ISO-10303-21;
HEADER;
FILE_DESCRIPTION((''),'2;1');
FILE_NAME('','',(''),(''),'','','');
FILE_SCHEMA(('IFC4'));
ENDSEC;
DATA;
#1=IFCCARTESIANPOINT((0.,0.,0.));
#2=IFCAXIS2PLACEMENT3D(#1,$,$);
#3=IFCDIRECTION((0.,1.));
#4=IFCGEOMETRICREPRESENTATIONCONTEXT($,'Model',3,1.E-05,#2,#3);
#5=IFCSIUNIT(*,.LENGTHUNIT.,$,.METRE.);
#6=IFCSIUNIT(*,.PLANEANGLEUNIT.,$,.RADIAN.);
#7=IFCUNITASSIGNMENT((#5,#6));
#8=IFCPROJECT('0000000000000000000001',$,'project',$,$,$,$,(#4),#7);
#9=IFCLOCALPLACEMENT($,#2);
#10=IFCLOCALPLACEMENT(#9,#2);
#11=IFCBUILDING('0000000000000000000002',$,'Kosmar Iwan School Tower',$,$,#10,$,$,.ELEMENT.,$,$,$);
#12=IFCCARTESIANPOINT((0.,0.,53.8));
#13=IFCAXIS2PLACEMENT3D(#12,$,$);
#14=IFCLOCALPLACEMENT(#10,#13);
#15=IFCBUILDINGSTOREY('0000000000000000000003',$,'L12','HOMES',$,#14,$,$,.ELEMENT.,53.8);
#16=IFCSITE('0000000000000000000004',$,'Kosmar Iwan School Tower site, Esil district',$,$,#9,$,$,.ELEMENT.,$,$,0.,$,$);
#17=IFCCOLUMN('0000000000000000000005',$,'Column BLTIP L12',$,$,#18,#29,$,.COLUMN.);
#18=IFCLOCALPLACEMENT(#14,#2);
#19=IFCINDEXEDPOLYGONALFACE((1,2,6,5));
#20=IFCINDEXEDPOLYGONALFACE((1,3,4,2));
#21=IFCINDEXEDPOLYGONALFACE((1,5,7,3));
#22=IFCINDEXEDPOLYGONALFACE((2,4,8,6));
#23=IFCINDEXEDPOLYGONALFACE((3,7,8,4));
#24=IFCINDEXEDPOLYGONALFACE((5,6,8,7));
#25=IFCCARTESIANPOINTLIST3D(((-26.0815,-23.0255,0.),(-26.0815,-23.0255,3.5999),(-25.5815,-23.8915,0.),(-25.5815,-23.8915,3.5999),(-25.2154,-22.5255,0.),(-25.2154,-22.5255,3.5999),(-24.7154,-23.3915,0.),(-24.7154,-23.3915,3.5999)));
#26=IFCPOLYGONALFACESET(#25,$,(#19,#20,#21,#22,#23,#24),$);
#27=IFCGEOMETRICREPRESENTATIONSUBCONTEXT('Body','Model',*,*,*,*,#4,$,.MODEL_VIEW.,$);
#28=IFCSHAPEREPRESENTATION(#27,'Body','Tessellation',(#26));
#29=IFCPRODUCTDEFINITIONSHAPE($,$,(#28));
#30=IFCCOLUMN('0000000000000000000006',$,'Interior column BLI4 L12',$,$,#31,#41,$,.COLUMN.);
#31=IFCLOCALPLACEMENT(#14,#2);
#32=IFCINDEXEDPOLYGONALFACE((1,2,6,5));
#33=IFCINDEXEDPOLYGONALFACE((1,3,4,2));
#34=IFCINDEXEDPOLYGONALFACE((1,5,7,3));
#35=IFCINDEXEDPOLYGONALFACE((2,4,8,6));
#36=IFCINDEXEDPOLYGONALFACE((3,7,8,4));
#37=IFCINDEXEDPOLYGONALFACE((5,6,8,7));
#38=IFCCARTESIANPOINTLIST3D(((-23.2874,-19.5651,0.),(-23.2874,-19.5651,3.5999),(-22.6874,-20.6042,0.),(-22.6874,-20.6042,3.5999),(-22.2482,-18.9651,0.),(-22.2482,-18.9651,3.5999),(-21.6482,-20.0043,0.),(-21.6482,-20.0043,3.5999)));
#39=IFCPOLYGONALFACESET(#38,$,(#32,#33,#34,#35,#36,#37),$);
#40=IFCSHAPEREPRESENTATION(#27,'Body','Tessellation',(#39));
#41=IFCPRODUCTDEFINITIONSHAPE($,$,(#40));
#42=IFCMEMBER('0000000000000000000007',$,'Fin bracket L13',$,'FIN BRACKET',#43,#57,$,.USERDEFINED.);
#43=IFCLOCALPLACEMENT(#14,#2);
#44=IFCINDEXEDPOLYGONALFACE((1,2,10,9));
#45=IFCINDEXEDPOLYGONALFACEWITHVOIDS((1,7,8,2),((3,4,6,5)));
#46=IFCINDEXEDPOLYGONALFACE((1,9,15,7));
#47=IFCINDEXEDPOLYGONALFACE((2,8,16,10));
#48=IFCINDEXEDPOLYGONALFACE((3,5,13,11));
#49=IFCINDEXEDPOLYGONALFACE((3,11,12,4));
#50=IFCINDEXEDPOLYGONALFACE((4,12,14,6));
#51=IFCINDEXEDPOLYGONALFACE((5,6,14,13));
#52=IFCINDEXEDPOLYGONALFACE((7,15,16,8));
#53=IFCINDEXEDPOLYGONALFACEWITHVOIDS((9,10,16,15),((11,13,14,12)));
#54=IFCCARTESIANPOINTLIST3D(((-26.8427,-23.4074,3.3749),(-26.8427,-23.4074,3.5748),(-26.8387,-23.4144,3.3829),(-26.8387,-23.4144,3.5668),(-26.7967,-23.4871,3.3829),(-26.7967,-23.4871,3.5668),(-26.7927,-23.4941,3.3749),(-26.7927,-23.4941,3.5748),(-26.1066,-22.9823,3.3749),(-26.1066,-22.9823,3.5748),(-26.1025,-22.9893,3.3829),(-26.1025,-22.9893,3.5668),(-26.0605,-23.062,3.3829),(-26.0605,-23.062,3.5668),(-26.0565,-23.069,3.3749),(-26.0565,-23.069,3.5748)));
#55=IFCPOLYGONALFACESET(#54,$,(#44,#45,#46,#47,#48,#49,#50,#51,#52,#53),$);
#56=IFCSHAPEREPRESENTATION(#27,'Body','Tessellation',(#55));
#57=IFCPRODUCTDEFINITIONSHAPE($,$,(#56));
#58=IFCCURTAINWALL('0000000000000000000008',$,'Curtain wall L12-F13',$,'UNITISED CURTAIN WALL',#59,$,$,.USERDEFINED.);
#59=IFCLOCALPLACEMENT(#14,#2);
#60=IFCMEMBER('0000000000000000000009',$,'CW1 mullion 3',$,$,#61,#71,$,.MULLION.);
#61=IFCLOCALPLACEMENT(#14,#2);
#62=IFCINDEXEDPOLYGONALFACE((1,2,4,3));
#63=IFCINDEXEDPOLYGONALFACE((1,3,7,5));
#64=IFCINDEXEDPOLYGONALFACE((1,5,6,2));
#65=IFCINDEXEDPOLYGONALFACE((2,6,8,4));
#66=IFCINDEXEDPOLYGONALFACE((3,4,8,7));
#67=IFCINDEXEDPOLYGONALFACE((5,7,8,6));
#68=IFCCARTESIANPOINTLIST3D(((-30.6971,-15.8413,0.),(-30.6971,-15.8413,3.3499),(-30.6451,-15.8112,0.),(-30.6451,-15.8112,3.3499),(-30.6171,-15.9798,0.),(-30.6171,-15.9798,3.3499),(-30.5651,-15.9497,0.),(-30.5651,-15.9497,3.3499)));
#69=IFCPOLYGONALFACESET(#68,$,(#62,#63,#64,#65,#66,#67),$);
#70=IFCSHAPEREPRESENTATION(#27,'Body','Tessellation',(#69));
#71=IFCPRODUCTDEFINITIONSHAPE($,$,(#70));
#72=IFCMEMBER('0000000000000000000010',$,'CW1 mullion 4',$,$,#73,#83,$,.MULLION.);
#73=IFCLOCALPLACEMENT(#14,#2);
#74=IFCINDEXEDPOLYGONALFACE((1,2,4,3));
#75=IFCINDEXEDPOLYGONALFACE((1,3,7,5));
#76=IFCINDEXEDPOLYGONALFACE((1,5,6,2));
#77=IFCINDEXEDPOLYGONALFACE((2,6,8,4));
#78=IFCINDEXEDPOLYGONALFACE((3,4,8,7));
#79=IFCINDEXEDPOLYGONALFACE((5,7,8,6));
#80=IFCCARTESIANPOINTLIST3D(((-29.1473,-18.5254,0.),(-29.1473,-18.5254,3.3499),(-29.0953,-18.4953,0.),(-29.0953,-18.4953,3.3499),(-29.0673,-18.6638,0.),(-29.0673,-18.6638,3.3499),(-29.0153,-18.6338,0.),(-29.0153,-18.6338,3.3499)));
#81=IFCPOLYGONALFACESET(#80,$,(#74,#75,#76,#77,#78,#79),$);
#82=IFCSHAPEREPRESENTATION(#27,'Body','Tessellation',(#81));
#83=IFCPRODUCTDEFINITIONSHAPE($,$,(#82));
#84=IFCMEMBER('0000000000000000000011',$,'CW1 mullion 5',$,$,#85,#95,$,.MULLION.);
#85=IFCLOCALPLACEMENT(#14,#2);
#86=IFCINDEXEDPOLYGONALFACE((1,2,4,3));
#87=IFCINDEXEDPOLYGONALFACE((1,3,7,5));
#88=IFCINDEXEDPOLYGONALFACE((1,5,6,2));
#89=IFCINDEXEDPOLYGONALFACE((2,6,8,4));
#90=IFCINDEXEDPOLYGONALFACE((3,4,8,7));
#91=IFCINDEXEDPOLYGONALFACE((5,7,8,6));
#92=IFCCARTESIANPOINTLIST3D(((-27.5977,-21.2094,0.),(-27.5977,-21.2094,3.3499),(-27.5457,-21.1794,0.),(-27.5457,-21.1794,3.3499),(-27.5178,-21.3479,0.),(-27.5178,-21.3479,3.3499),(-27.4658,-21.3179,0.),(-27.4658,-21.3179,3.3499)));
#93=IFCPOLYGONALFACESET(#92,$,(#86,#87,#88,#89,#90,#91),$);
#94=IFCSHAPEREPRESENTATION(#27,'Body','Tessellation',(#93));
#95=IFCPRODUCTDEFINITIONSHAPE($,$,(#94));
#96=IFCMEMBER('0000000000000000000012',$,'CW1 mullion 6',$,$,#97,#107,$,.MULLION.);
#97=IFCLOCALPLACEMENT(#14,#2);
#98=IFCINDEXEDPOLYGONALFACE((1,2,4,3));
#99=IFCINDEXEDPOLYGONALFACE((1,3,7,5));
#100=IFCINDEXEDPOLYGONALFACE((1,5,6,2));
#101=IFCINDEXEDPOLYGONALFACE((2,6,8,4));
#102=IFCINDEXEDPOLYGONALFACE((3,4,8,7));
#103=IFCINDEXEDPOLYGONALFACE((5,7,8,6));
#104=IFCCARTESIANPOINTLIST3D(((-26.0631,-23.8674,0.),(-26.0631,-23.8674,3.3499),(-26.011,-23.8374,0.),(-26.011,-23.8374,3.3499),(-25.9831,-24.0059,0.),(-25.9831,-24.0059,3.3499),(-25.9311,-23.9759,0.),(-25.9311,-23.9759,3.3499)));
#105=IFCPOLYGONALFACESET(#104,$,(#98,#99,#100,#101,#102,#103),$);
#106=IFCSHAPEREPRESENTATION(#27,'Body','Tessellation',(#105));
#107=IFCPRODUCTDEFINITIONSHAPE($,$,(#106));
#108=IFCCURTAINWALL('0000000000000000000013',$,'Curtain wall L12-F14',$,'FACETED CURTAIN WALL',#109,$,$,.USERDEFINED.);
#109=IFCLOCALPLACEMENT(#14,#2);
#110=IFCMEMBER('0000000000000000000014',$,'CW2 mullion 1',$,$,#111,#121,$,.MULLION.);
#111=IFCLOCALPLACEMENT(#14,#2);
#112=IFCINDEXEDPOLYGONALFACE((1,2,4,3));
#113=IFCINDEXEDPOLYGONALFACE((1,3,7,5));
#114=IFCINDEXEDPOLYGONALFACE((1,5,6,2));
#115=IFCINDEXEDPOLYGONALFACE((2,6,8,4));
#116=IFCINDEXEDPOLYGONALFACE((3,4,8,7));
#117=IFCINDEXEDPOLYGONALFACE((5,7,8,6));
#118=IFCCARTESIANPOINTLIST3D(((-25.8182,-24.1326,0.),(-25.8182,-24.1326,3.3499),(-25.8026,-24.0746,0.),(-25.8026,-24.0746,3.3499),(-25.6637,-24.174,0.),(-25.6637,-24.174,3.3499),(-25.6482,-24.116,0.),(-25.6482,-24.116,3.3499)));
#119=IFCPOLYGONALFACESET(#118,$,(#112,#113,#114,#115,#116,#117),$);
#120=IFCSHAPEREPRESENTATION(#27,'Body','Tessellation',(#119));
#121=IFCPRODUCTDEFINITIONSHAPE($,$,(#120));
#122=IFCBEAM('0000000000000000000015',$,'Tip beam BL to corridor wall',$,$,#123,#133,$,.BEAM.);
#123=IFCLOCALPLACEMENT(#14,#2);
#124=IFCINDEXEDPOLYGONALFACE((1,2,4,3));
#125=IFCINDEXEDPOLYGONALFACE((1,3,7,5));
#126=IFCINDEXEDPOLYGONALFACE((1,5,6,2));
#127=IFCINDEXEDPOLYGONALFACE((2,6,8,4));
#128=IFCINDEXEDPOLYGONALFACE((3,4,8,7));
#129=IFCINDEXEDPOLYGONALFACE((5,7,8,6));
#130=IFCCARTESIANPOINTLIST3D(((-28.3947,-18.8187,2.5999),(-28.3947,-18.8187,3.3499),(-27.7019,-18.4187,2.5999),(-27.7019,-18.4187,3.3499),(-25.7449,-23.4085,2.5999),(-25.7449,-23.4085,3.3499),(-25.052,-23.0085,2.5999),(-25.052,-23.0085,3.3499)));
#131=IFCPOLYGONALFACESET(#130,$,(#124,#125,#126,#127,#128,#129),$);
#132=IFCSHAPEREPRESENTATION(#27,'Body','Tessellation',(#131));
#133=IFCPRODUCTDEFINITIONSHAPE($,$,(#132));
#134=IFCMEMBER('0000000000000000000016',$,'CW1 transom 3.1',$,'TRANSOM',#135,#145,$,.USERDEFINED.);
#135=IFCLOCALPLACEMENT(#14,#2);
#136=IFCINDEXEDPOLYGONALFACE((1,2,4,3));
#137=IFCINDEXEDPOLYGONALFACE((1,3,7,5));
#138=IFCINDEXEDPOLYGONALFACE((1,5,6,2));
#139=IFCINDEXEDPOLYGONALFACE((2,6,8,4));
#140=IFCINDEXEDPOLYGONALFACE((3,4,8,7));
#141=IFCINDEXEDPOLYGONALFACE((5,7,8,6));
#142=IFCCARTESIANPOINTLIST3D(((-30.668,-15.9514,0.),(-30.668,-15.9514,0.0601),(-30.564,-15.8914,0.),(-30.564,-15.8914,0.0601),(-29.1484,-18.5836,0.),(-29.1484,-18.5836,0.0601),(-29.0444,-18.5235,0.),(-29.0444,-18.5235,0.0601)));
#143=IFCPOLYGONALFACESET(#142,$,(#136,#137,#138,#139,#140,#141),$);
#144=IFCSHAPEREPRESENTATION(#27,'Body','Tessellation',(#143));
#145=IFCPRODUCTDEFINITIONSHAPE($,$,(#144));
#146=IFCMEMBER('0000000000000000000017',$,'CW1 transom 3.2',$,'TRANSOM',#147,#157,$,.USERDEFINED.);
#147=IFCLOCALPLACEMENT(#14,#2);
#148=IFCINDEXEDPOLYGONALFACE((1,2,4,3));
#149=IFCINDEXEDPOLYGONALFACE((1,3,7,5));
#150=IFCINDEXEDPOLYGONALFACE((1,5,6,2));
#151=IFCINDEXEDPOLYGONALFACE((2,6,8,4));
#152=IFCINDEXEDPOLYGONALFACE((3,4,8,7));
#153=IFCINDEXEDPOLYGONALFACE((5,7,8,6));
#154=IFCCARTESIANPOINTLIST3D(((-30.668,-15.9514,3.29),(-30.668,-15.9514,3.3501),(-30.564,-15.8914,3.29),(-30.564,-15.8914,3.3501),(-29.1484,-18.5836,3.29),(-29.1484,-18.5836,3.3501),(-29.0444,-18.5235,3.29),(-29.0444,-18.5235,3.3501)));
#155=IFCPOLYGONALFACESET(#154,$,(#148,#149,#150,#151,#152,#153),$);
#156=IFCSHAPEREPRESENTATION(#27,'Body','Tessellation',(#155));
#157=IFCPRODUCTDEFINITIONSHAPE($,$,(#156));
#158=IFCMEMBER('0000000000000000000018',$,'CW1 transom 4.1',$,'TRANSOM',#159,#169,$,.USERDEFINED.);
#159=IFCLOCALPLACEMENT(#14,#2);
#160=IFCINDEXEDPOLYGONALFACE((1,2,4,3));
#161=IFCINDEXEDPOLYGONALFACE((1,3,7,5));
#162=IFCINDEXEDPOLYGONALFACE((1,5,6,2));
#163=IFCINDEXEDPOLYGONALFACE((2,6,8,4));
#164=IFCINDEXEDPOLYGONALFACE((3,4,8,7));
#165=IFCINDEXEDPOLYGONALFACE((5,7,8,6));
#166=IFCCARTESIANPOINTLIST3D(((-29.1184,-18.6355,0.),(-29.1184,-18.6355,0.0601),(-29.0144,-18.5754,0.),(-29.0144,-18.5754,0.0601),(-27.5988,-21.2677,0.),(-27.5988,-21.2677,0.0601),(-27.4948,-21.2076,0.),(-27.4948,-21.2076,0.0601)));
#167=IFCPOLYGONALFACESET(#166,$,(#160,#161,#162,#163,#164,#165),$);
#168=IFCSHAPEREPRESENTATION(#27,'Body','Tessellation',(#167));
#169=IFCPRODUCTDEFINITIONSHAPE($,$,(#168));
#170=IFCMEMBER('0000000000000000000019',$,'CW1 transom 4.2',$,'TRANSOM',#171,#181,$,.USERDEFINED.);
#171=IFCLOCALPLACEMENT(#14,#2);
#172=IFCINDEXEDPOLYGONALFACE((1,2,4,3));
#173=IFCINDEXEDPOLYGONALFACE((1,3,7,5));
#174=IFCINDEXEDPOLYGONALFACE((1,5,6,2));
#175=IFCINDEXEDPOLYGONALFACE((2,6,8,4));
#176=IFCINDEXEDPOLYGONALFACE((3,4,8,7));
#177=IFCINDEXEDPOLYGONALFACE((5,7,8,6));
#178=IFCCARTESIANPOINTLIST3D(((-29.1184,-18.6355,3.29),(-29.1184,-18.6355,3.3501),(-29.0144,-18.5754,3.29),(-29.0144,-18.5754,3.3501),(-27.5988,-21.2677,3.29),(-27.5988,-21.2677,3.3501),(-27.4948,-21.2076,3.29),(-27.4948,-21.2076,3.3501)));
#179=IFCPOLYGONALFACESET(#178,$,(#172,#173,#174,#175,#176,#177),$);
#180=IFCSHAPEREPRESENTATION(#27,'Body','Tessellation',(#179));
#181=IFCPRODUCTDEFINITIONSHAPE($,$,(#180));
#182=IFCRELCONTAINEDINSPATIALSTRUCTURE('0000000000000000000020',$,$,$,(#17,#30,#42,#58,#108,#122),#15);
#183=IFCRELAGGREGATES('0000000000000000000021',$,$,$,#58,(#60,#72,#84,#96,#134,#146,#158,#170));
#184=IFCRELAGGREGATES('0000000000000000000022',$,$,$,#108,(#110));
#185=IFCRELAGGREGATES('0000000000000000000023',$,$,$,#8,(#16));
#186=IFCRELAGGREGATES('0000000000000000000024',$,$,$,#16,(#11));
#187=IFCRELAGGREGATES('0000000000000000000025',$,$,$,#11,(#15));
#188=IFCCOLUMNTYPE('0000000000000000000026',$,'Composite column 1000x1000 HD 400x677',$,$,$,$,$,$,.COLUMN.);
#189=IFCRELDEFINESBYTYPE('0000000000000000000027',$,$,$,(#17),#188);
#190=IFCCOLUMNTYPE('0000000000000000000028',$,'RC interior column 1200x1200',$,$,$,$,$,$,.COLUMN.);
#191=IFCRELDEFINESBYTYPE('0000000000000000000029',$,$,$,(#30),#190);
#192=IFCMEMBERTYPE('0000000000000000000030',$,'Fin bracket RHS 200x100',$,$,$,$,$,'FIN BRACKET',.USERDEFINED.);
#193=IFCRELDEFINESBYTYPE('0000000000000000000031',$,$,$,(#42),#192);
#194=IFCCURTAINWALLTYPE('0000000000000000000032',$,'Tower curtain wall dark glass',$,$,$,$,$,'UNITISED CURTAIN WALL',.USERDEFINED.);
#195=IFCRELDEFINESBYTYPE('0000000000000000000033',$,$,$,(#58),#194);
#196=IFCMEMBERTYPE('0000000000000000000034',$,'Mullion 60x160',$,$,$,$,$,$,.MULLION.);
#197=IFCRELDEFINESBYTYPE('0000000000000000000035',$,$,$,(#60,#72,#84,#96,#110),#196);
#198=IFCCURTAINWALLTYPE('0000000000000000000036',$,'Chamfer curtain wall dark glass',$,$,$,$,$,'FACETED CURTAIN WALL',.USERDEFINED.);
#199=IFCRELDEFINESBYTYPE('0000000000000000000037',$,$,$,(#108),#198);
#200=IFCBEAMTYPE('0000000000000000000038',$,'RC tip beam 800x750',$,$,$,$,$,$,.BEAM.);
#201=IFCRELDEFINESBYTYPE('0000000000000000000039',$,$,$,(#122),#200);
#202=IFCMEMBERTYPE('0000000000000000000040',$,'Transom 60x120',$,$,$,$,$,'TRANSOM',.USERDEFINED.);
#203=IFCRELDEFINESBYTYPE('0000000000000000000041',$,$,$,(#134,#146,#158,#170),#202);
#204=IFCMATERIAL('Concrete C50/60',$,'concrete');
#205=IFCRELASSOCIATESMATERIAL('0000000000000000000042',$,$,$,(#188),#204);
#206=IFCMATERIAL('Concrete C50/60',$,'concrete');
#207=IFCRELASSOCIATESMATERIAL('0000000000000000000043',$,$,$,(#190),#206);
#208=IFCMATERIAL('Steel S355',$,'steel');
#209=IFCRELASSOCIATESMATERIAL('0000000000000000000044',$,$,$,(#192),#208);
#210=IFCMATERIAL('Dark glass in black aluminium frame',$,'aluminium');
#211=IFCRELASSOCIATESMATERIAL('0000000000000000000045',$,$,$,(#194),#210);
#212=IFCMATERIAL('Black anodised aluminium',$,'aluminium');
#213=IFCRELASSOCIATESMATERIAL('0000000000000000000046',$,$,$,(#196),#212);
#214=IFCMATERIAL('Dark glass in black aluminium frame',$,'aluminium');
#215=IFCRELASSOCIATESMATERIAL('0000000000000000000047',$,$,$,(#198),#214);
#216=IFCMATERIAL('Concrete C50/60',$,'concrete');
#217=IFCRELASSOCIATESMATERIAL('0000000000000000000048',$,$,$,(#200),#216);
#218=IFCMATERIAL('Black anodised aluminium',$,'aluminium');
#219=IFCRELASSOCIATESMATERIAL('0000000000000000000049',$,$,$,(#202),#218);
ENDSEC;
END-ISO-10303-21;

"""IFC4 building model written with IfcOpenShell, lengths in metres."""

from ifc_helpers import new_model, si_unit, direction, frame, origin, origin_2d, place, context, subcontext, project, spatial, rectangle, hollow_rectangle, extrude, material, material_profile, profile_set, type_object, element, aggregate, save


model = new_model("IFC4")

# Units and contexts
model_context = context("Model", 3, precision=1e-05, world=origin(), true_north=direction((0.0, 1.0)))
body_context = subcontext(model_context, "Body", "Model", "MODEL_VIEW")
ifc_project = project(units=[si_unit("LENGTHUNIT", "METRE"), si_unit("PLANEANGLEUNIT", "RADIAN")], contexts=[model_context])

# Site, building, storey
site_placement = place(None, origin())
site = spatial("IfcSite", under=ifc_project, at=site_placement, Name="Kosmar Iwan School Tower site, Esil district", CompositionType="ELEMENT", RefElevation=0.0)
building_placement = place(site_placement, origin())
building = spatial("IfcBuilding", under=site, at=building_placement, Name="Kosmar Iwan School Tower", CompositionType="ELEMENT")
storey_placement = place(building_placement, frame((0.0, 0.0, 53.8)))
storey = spatial("IfcBuildingStorey", under=building, at=storey_placement, Name="L12", Description="HOMES", CompositionType="ELEMENT", Elevation=53.8)

# Columns
ifc_material_1 = material(Name="Concrete C50/60", Category="concrete")
ifc_material_profile_1 = material_profile(ifc_material_1, rectangle(XDim=1.0, YDim=1.0, at=origin_2d()), Name="RC 1000x1000 + HD 400x677")
ifc_profile_set_1 = profile_set([ifc_material_profile_1], Name="Concrete C50/60")
column_type_1 = type_object("IfcColumnType", Name="Composite column 1000x1000 HD 400x677", PredefinedType="COLUMN", material=ifc_profile_set_1)
column_1_placement = place(storey_placement, frame((-25.3984, -23.2085, 0.0), z_axis=(0.0, 0.0, 1.0), x_axis=(-0.866025, -0.5, 0.0)))
element("IfcColumn", 1, at=column_1_placement, inside=storey, type_object=column_type_1, Name="Column BLTIP L12", PredefinedType="COLUMN", context=body_context, shape_type="SweptSolid", body=[
    extrude(rectangle(XDim=1.0, YDim=1.0, at=origin_2d()), origin(), (0.0, 0.0, 1.0), 3.5999),
])
ifc_material_2 = material(Name="Concrete C50/60", Category="concrete")
ifc_material_profile_2 = material_profile(ifc_material_2, rectangle(XDim=1.2, YDim=1.2, at=origin_2d()), Name="RC 1200x1200")
ifc_profile_set_2 = profile_set([ifc_material_profile_2], Name="Concrete C50/60")
column_type_2 = type_object("IfcColumnType", Name="RC interior column 1200x1200", PredefinedType="COLUMN", material=ifc_profile_set_2)
column_2_placement = place(storey_placement, frame((-22.4678, -19.7847, 0.0), z_axis=(0.0, 0.0, 1.0), x_axis=(-0.866025, -0.5, 0.0)))
element("IfcColumn", 2, at=column_2_placement, inside=storey, type_object=column_type_2, Name="Interior column BLI4 L12", PredefinedType="COLUMN", context=body_context, shape_type="SweptSolid", body=[
    extrude(rectangle(XDim=1.2, YDim=1.2, at=origin_2d()), origin(), (0.0, 0.0, 1.0), 3.5999),
])

# Member
ifc_material_3 = material(Name="Steel S355", Category="steel")
ifc_material_profile_3 = material_profile(ifc_material_3, hollow_rectangle(XDim=0.1001, YDim=0.2, WallThickness=0.0081, at=origin_2d()), Name="RHS 200x100x8")
ifc_profile_set_3 = profile_set([ifc_material_profile_3], Name="Steel S355")
member_type_1 = type_object("IfcMemberType", Name="Fin bracket RHS 200x100", ElementType="FIN BRACKET", PredefinedType="USERDEFINED", material=ifc_profile_set_3)
member_1_placement = place(storey_placement, frame((-26.0815, -23.0256, 3.4749), z_axis=(-0.865989, -0.500062, 0.0), x_axis=(0.500062, -0.865989, 0.0)))
element("IfcMember", 3, at=member_1_placement, inside=storey, type_object=member_type_1, Name="Fin bracket L13", ObjectType="FIN BRACKET", PredefinedType="USERDEFINED", context=body_context, shape_type="SweptSolid", body=[
    extrude(hollow_rectangle(XDim=0.1001, YDim=0.2, WallThickness=0.0081, at=origin_2d()), origin(), (0.0, 0.0, 1.0), 0.8501),
])

# Curtain wall, members
ifc_material_4 = material(Name="Dark glass in black aluminium frame", Category="aluminium")
curtain_wall_type_1 = type_object("IfcCurtainWallType", Name="Tower curtain wall dark glass", ElementType="UNITISED CURTAIN WALL", PredefinedType="USERDEFINED", material=ifc_material_4)
curtain_wall_1_placement = place(storey_placement, origin())
curtain_wall_1 = element("IfcCurtainWall", 4, at=curtain_wall_1_placement, inside=storey, type_object=curtain_wall_type_1, Name="Curtain wall L12-F13", ObjectType="UNITISED CURTAIN WALL", PredefinedType="USERDEFINED")
ifc_material_5 = material(Name="Black anodised aluminium", Category="aluminium")
ifc_material_profile_4 = material_profile(ifc_material_5, rectangle(XDim=0.0601, YDim=0.1599, at=origin_2d()), Name="MULLION 60x160")
ifc_profile_set_4 = profile_set([ifc_material_profile_4], Name="Black anodised aluminium")
member_type_2 = type_object("IfcMemberType", Name="Mullion 60x160", PredefinedType="MULLION", material=ifc_profile_set_4)
member_2_placement = place(storey_placement, frame((-30.6311, -15.8955, 0.0), z_axis=(0.0, 0.0, 1.0), x_axis=(0.866025, 0.5, 0.0)))
member_2 = element("IfcMember", 5, at=member_2_placement, type_object=member_type_2, Name="CW1 mullion 3", PredefinedType="MULLION", context=body_context, shape_type="SweptSolid", body=[
    extrude(rectangle(XDim=0.0601, YDim=0.1599, at=origin_2d()), origin(), (0.0, 0.0, 1.0), 3.3499),
])
member_3_placement = place(storey_placement, frame((-29.0813, -18.5796, 0.0), z_axis=(0.0, 0.0, 1.0), x_axis=(0.866025, 0.5, 0.0)))
member_3 = element("IfcMember", 6, at=member_3_placement, type_object=member_type_2, Name="CW1 mullion 4", PredefinedType="MULLION", context=body_context, shape_type="SweptSolid", body=[
    extrude(rectangle(XDim=0.0601, YDim=0.1599, at=origin_2d()), origin(), (0.0, 0.0, 1.0), 3.3499),
])
member_4_placement = place(storey_placement, frame((-27.5317, -21.2637, 0.0), z_axis=(0.0, 0.0, 1.0), x_axis=(0.866025, 0.5, 0.0)))
member_4 = element("IfcMember", 7, at=member_4_placement, type_object=member_type_2, Name="CW1 mullion 5", PredefinedType="MULLION", context=body_context, shape_type="SweptSolid", body=[
    extrude(rectangle(XDim=0.0601, YDim=0.1599, at=origin_2d()), origin(), (0.0, 0.0, 1.0), 3.3499),
])
member_5_placement = place(storey_placement, frame((-25.9971, -23.9216, 0.0), z_axis=(0.0, 0.0, 1.0), x_axis=(0.866025, 0.5, 0.0)))
member_5 = element("IfcMember", 8, at=member_5_placement, type_object=member_type_2, Name="CW1 mullion 6", PredefinedType="MULLION", context=body_context, shape_type="SweptSolid", body=[
    extrude(rectangle(XDim=0.0601, YDim=0.1599, at=origin_2d()), origin(), (0.0, 0.0, 1.0), 3.3499),
])

# Curtain wall, member
ifc_material_6 = material(Name="Dark glass in black aluminium frame", Category="aluminium")
curtain_wall_type_2 = type_object("IfcCurtainWallType", Name="Chamfer curtain wall dark glass", ElementType="FACETED CURTAIN WALL", PredefinedType="USERDEFINED", material=ifc_material_6)
curtain_wall_2_placement = place(storey_placement, origin())
curtain_wall_2 = element("IfcCurtainWall", 9, at=curtain_wall_2_placement, inside=storey, type_object=curtain_wall_type_2, Name="Curtain wall L12-F14", ObjectType="FACETED CURTAIN WALL", PredefinedType="USERDEFINED")
member_6_placement = place(storey_placement, frame((-25.7332, -24.1243, 0.0), z_axis=(0.0, 0.0, 1.0), x_axis=(0.258819, 0.965926, 0.0)))
member_6 = element("IfcMember", 10, at=member_6_placement, type_object=member_type_2, Name="CW2 mullion 1", PredefinedType="MULLION", context=body_context, shape_type="SweptSolid", body=[
    extrude(rectangle(XDim=0.0601, YDim=0.1599, at=origin_2d()), origin(), (0.0, 0.0, 1.0), 3.3499),
])

# Beam
ifc_material_7 = material(Name="Concrete C50/60", Category="concrete")
ifc_material_profile_5 = material_profile(ifc_material_7, rectangle(XDim=0.8, YDim=0.75, at=origin_2d()), Name="RC 800x750")
ifc_profile_set_5 = profile_set([ifc_material_profile_5], Name="Concrete C50/60")
beam_type = type_object("IfcBeamType", Name="RC tip beam 800x750", PredefinedType="BEAM", material=ifc_profile_set_5)
beam_placement = place(storey_placement, frame((-25.3984, -23.2085, 2.9749), z_axis=(-0.499994, 0.866029, 0.0), x_axis=(-0.866029, -0.499994, 0.0)))
element("IfcBeam", 11, at=beam_placement, inside=storey, type_object=beam_type, Name="Tip beam BL to corridor wall", PredefinedType="BEAM", context=body_context, shape_type="SweptSolid", body=[
    extrude(rectangle(XDim=0.8, YDim=0.75, at=origin_2d()), origin(), (0.0, 0.0, 1.0), 5.2998),
])

# Members
ifc_material_8 = material(Name="Black anodised aluminium", Category="aluminium")
ifc_material_profile_6 = material_profile(ifc_material_8, rectangle(XDim=0.1201, YDim=0.0601, at=origin_2d()), Name="TRANSOM 60x120")
ifc_profile_set_6 = profile_set([ifc_material_profile_6], Name="Black anodised aluminium")
member_type_3 = type_object("IfcMemberType", Name="Transom 60x120", ElementType="TRANSOM", PredefinedType="USERDEFINED", material=ifc_profile_set_6)
member_7_placement = place(storey_placement, frame((-30.616, -15.9214, 0.03), z_axis=(0.499975, -0.86604, 0.0), x_axis=(0.86604, 0.499975, 0.0)))
member_7 = element("IfcMember", 12, at=member_7_placement, type_object=member_type_3, Name="CW1 transom 3.1", ObjectType="TRANSOM", PredefinedType="USERDEFINED", context=body_context, shape_type="SweptSolid", body=[
    extrude(rectangle(XDim=0.1201, YDim=0.0601, at=origin_2d()), origin(), (0.0, 0.0, 1.0), 3.0393),
])
member_8_placement = place(storey_placement, frame((-30.616, -15.9214, 3.3201), z_axis=(0.499975, -0.86604, 0.0), x_axis=(0.86604, 0.499975, 0.0)))
member_8 = element("IfcMember", 13, at=member_8_placement, type_object=member_type_3, Name="CW1 transom 3.2", ObjectType="TRANSOM", PredefinedType="USERDEFINED", context=body_context, shape_type="SweptSolid", body=[
    extrude(rectangle(XDim=0.1201, YDim=0.0601, at=origin_2d()), origin(), (0.0, 0.0, 1.0), 3.0393),
])
member_9_placement = place(storey_placement, frame((-29.0664, -18.6055, 0.03), z_axis=(0.499975, -0.86604, 0.0), x_axis=(0.86604, 0.499975, 0.0)))
member_9 = element("IfcMember", 14, at=member_9_placement, type_object=member_type_3, Name="CW1 transom 4.1", ObjectType="TRANSOM", PredefinedType="USERDEFINED", context=body_context, shape_type="SweptSolid", body=[
    extrude(rectangle(XDim=0.1201, YDim=0.0601, at=origin_2d()), origin(), (0.0, 0.0, 1.0), 3.0393),
])
member_10_placement = place(storey_placement, frame((-29.0664, -18.6055, 3.3201), z_axis=(0.499975, -0.86604, 0.0), x_axis=(0.86604, 0.499975, 0.0)))
member_10 = element("IfcMember", 15, at=member_10_placement, type_object=member_type_3, Name="CW1 transom 4.2", ObjectType="TRANSOM", PredefinedType="USERDEFINED", context=body_context, shape_type="SweptSolid", body=[
    extrude(rectangle(XDim=0.1201, YDim=0.0601, at=origin_2d()), origin(), (0.0, 0.0, 1.0), 3.0393),
])

aggregate(curtain_wall_1, [member_2, member_3, member_4, member_5, member_7, member_8, member_9, member_10])
aggregate(curtain_wall_2, [member_6])

save(model, "model.ifc")
